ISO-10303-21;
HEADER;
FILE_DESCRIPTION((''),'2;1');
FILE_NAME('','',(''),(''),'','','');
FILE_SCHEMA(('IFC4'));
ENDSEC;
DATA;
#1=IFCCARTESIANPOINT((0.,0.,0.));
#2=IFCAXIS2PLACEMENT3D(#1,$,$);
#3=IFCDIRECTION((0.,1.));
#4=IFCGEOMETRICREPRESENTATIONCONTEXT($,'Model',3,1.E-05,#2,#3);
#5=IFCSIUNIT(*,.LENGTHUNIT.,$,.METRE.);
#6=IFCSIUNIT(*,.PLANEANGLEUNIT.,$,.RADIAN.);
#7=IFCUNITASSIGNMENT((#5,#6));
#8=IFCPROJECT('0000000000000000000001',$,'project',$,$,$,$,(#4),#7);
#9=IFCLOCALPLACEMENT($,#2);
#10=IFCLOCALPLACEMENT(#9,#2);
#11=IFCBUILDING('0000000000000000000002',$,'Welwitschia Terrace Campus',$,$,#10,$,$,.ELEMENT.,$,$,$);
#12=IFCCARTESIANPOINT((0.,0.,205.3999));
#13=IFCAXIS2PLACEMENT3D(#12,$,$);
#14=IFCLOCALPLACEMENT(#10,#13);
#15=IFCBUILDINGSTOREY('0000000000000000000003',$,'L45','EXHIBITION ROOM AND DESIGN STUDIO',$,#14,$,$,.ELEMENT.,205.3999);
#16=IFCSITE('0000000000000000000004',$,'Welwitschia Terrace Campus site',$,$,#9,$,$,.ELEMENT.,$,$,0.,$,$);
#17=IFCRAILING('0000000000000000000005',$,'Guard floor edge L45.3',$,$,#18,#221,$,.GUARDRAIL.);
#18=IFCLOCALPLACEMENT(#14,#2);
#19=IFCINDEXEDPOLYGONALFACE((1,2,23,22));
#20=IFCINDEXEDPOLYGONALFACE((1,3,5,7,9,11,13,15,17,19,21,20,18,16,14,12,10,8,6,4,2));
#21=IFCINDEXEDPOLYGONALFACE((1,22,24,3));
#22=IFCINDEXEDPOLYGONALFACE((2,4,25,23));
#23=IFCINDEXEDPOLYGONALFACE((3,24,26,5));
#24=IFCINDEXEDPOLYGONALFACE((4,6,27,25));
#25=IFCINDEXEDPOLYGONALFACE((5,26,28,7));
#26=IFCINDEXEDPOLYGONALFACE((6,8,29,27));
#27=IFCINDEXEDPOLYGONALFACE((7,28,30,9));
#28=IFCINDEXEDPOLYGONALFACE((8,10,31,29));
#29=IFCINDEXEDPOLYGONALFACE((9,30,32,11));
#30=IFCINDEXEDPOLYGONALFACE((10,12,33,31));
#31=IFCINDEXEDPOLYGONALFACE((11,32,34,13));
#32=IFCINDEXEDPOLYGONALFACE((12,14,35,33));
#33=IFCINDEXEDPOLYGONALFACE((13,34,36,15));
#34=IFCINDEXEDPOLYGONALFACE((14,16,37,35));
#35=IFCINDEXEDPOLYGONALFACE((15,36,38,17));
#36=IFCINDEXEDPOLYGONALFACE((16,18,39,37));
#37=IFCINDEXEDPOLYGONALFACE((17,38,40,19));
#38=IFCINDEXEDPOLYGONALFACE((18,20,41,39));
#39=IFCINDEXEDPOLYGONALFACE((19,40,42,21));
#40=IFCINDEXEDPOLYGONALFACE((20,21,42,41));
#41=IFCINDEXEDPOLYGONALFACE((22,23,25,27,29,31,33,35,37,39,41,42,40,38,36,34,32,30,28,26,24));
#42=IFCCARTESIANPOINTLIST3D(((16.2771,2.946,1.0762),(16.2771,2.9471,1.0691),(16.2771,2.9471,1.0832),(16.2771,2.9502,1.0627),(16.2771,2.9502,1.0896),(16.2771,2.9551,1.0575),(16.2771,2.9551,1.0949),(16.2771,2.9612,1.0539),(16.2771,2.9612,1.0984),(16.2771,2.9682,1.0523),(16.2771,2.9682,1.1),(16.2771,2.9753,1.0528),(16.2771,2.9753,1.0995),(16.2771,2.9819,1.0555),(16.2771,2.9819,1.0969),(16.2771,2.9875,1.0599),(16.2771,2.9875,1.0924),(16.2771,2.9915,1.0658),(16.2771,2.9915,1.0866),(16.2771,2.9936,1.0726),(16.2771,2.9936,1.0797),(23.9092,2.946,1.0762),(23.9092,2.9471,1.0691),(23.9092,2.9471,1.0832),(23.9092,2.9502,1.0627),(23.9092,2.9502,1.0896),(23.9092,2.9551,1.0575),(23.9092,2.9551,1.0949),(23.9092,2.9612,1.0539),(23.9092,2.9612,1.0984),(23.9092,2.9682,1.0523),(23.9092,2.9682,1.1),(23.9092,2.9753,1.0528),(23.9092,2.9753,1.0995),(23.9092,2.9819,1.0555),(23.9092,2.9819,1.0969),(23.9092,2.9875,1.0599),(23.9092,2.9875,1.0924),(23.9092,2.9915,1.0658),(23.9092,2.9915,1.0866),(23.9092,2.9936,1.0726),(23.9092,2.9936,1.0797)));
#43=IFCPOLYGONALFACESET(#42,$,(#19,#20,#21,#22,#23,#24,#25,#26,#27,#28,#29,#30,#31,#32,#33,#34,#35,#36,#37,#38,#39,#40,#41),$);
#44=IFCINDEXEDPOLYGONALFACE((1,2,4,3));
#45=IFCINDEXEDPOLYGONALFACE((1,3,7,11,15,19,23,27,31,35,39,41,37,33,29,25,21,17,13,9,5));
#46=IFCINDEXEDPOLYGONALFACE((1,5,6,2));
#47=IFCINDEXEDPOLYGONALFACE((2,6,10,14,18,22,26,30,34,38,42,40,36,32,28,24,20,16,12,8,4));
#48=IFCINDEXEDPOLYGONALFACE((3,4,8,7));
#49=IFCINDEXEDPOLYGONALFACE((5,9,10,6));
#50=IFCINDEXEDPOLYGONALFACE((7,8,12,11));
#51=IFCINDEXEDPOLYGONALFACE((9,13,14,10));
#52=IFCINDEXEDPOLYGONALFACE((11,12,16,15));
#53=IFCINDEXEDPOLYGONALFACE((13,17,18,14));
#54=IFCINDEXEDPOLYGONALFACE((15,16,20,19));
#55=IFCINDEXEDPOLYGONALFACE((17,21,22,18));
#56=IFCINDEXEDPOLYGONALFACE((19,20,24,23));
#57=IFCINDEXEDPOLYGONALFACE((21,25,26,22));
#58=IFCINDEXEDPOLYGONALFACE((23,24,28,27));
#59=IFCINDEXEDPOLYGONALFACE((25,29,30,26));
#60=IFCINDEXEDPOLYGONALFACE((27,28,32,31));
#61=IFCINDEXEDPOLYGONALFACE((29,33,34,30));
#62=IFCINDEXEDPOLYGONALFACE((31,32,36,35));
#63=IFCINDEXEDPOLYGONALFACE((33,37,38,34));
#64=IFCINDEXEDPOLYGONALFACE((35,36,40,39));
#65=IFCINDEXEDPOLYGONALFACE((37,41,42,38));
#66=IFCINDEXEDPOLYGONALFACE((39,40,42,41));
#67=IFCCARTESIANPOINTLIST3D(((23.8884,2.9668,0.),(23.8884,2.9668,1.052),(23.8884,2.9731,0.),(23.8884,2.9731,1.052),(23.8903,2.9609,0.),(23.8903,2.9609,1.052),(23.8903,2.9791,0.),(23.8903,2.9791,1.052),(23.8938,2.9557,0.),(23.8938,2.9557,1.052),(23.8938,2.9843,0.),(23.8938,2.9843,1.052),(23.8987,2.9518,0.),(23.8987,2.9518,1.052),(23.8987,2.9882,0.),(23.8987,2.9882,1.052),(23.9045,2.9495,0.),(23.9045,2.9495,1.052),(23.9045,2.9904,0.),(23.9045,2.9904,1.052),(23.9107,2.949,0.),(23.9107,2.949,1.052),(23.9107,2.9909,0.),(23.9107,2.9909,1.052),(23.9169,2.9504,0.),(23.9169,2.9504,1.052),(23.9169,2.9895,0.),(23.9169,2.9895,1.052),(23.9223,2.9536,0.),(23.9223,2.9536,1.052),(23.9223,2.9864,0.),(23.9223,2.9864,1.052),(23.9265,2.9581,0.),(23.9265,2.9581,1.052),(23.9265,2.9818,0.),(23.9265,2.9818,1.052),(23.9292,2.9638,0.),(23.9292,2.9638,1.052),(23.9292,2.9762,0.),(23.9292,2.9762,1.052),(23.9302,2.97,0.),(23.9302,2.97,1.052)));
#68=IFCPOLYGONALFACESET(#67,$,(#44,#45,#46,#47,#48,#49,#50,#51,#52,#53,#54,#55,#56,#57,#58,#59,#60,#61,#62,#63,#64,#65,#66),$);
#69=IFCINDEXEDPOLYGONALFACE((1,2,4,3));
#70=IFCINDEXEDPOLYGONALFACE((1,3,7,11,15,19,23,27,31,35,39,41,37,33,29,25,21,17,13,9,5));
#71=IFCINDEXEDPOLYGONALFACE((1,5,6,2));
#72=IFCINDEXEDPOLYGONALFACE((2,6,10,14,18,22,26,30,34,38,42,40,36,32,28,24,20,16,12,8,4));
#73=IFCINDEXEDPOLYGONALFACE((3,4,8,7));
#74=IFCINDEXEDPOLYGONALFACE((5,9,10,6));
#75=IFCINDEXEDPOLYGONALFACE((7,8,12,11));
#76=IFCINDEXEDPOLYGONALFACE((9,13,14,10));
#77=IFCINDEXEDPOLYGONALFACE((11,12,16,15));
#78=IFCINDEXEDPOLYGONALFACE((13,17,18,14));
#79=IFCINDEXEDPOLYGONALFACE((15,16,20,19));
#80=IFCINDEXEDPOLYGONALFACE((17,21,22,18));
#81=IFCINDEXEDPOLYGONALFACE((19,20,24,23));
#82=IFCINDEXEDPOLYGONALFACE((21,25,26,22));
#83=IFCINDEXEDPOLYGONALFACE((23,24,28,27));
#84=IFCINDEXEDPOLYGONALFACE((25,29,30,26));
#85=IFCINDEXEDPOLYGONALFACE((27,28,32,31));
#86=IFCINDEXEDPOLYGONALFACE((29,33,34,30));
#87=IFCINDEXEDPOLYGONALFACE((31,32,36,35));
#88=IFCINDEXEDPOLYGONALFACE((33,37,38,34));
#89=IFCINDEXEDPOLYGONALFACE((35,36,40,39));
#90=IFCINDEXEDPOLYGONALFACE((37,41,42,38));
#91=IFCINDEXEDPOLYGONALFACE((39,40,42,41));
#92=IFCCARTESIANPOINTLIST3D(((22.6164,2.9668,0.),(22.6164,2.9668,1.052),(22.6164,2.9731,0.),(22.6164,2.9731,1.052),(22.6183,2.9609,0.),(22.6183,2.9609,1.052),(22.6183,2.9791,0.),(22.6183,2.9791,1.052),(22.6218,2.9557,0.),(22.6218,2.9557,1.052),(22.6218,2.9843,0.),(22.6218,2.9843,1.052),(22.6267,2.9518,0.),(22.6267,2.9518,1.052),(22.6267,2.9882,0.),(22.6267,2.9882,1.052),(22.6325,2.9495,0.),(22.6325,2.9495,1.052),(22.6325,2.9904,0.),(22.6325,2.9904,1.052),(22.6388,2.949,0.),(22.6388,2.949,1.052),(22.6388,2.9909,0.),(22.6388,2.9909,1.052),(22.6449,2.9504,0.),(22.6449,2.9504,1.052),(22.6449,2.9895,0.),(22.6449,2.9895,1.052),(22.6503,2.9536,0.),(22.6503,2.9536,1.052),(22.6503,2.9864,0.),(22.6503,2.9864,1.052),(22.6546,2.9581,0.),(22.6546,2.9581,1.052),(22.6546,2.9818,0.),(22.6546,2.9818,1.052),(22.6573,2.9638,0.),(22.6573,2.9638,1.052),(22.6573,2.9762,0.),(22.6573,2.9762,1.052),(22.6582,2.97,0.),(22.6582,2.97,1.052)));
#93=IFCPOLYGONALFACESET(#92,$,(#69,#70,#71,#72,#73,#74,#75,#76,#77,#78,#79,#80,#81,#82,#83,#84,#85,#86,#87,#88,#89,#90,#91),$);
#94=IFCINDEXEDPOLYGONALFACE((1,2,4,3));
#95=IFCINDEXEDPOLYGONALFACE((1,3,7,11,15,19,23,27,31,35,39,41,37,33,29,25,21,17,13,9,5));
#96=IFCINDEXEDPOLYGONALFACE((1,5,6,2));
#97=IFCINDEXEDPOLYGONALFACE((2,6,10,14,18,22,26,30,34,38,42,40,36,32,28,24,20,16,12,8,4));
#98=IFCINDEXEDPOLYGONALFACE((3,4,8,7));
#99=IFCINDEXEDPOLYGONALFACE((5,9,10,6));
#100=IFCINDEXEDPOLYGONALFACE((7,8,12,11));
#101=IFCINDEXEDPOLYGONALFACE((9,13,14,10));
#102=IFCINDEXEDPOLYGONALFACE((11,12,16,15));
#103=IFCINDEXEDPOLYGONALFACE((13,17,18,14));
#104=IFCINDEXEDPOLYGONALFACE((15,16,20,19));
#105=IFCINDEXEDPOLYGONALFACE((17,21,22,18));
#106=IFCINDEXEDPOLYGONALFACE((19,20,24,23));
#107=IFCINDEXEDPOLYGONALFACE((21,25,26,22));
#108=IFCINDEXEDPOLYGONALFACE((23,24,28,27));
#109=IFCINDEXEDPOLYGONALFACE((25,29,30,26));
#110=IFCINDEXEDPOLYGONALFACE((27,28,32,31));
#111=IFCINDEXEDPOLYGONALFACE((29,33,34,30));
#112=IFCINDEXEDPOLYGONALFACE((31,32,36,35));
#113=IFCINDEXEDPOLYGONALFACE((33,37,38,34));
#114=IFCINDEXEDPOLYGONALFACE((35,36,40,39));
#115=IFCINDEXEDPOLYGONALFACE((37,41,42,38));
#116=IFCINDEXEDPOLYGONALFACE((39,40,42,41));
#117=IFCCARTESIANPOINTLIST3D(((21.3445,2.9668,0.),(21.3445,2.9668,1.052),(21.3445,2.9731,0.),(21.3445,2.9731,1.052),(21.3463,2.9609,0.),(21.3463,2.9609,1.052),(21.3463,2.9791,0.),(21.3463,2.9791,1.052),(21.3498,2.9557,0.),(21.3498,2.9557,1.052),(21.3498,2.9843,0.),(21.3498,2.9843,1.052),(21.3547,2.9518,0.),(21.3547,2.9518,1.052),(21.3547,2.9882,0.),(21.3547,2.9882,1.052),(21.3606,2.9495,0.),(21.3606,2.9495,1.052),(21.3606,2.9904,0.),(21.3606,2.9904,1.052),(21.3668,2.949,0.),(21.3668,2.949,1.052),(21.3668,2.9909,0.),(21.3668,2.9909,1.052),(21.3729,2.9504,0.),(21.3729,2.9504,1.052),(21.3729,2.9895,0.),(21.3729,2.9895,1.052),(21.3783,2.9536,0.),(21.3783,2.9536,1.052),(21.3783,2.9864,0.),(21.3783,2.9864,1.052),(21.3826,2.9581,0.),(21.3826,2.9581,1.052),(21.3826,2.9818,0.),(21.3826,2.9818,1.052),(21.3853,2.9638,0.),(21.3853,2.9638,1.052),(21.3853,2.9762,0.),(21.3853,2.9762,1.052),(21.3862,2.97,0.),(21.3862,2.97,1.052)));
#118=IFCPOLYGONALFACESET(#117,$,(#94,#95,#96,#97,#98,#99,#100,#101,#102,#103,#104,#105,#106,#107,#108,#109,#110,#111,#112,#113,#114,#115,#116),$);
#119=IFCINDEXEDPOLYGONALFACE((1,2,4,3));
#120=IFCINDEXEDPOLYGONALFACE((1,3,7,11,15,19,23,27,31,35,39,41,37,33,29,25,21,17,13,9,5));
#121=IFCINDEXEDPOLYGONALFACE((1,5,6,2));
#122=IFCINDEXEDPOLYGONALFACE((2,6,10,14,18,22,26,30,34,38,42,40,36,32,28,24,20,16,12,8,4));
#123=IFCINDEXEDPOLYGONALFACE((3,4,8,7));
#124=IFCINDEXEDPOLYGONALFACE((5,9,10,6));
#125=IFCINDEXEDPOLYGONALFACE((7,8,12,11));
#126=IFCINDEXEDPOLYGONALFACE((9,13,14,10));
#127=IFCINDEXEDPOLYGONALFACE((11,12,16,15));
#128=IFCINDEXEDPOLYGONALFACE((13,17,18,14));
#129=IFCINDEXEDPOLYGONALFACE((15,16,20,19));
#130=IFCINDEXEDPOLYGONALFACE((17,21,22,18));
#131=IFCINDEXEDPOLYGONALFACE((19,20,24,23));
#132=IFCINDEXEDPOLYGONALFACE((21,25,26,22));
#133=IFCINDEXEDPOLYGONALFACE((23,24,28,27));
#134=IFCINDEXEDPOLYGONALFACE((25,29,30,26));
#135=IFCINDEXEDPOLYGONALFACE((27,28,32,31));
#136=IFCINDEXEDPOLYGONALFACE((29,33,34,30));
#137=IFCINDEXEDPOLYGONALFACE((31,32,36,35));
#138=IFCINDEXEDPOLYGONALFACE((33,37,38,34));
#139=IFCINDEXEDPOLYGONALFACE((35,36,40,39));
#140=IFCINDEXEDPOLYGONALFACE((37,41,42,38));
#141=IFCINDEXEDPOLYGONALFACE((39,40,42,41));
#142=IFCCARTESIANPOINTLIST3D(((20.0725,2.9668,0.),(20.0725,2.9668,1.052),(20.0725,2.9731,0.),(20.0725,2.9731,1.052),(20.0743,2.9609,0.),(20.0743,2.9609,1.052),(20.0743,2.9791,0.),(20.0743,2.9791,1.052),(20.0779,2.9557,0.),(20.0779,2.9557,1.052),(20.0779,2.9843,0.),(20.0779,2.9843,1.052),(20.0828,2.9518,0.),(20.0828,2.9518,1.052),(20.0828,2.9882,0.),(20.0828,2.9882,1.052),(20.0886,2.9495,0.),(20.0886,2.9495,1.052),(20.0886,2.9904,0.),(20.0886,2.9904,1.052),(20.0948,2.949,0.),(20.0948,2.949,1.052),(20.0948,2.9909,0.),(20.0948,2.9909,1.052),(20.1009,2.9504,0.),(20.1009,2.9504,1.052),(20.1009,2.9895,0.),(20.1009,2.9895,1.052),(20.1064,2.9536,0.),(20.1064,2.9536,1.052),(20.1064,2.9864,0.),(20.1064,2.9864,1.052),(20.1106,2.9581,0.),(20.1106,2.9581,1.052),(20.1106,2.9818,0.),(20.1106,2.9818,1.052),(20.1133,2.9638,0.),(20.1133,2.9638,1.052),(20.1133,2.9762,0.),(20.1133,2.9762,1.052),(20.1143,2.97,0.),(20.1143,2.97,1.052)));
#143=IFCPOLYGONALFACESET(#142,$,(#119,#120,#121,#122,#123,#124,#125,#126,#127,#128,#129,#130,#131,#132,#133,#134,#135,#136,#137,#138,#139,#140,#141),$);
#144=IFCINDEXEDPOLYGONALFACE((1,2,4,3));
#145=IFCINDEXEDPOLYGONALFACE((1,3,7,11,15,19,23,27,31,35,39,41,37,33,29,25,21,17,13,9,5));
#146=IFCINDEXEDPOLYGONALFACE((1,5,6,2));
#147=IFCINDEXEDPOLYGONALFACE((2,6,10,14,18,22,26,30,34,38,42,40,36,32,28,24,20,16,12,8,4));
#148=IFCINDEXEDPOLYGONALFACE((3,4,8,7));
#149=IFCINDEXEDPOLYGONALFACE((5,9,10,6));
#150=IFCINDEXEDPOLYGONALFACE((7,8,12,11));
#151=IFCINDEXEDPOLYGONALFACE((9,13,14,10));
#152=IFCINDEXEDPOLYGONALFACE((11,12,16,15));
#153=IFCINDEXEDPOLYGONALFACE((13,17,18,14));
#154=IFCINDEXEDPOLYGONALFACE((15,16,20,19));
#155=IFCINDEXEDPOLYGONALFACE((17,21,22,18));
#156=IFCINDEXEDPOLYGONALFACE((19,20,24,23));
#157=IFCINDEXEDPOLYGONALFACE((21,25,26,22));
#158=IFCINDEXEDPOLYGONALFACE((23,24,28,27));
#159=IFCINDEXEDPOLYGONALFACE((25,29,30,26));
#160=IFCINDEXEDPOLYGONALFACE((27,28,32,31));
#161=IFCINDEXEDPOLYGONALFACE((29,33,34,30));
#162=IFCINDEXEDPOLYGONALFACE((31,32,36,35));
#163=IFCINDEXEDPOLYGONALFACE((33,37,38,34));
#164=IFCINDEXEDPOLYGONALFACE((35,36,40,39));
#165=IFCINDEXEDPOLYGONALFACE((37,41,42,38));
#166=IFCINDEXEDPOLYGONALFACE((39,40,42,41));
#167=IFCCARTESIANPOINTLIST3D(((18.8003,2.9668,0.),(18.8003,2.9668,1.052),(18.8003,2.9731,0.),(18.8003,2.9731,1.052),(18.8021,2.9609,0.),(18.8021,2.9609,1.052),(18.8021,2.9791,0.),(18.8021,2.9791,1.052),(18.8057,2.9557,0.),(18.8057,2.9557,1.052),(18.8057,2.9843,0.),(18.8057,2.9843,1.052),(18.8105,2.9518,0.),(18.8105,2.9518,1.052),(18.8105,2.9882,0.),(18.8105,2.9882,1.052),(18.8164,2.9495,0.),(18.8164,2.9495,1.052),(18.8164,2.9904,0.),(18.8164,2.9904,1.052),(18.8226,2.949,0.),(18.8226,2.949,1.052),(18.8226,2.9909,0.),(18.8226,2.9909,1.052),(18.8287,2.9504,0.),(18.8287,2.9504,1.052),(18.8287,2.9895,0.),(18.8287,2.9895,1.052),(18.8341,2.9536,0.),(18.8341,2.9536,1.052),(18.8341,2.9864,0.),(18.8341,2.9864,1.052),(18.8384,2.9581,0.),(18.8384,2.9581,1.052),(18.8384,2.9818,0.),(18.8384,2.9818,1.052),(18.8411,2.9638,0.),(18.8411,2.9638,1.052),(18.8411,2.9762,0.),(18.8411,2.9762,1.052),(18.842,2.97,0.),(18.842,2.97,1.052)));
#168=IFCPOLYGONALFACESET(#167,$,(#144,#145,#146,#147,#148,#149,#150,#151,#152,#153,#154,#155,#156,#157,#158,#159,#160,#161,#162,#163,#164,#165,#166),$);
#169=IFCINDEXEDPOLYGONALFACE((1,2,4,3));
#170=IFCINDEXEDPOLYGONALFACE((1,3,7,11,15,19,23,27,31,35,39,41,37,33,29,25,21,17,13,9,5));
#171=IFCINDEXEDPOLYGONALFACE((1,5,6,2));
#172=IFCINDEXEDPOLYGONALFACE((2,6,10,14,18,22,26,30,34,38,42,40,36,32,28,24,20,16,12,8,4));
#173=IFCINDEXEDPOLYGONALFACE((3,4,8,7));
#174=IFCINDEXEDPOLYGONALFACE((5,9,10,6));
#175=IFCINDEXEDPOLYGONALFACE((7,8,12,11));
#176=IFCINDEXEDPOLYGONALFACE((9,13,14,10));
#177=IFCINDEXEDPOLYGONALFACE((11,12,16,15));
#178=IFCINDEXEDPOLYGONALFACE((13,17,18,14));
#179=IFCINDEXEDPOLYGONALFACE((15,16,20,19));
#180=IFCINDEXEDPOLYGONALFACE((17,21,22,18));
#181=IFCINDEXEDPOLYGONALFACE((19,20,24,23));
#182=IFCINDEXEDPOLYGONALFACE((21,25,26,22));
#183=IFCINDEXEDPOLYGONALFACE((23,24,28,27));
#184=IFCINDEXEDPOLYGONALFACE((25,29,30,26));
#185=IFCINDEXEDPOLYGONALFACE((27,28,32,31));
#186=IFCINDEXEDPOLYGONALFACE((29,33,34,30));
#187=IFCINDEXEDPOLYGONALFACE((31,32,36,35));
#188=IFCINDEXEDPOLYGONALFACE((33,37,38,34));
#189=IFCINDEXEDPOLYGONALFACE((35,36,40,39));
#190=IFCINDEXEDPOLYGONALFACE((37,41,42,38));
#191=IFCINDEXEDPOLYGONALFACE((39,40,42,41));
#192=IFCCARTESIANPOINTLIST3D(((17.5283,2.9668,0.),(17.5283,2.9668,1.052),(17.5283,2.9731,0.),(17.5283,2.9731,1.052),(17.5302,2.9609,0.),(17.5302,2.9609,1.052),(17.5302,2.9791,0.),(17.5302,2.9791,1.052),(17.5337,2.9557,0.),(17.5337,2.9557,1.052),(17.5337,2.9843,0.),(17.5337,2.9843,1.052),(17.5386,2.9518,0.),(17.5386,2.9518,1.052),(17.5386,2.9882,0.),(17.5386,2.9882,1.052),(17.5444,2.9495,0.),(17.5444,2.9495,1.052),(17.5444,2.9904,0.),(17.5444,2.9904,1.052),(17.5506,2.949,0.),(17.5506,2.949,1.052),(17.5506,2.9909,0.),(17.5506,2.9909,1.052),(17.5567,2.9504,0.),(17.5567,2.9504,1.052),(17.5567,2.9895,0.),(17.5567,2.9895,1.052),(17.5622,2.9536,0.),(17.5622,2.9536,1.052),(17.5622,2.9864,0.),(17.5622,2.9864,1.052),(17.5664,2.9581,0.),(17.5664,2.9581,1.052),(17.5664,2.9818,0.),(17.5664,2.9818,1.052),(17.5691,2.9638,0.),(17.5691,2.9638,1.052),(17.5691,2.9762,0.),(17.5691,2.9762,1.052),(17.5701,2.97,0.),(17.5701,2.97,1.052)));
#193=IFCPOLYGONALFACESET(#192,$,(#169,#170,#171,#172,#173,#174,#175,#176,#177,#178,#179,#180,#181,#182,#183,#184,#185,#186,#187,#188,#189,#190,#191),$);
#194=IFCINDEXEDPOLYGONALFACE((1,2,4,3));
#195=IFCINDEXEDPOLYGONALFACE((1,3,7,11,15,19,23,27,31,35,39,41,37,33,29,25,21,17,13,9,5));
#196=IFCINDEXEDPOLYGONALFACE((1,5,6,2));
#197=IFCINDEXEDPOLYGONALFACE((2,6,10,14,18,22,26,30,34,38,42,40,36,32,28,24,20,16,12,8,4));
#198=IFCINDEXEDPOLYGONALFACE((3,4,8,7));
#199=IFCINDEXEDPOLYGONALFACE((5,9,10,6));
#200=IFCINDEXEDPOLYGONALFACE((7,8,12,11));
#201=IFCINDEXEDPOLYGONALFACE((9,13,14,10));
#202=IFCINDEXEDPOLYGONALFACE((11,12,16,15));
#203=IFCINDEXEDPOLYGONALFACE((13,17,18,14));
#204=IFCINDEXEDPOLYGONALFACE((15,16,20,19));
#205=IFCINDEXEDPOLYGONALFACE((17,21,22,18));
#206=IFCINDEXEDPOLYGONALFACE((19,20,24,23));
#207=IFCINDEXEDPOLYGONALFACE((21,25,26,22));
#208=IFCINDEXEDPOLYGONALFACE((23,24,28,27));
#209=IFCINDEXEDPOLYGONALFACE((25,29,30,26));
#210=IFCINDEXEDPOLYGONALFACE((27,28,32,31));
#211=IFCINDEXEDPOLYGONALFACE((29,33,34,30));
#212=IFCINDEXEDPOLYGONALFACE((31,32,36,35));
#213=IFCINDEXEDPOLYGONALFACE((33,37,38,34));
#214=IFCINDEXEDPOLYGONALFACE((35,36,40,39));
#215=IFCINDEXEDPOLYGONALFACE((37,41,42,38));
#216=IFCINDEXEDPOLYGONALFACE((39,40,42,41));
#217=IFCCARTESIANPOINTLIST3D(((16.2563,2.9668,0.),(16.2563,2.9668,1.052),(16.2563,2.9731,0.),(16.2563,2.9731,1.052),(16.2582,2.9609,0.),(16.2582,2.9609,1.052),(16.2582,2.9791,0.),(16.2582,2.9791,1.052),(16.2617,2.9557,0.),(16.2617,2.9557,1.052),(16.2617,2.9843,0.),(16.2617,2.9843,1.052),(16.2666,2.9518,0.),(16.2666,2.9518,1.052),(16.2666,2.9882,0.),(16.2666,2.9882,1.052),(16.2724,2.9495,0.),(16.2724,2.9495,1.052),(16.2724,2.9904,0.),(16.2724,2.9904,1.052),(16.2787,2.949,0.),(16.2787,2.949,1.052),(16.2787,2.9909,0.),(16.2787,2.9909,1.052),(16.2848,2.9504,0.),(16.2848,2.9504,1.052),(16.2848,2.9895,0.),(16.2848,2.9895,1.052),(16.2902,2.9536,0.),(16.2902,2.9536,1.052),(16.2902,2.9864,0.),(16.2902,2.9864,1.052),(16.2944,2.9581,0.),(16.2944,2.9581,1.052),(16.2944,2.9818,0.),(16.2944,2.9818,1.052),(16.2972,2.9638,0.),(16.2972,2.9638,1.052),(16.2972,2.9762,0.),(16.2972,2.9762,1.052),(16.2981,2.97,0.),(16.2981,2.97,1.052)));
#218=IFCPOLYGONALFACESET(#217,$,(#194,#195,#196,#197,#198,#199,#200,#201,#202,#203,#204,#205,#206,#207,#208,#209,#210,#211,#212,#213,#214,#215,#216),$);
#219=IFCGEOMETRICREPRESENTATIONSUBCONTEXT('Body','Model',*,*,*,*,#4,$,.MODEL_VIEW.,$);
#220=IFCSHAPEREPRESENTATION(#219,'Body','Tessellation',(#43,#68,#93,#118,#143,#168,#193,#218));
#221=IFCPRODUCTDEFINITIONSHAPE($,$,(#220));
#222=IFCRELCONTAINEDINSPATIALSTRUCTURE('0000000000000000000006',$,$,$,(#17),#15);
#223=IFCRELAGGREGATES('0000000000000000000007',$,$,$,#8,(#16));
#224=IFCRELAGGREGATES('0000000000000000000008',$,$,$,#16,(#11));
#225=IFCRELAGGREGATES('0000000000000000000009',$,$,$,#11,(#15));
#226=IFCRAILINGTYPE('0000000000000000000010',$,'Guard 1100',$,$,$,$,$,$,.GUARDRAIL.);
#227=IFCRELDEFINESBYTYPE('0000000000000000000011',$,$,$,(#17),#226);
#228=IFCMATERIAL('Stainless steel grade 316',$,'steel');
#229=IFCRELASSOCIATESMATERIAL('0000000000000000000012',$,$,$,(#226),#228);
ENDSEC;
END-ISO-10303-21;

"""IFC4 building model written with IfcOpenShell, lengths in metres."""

from ifc_helpers import new_model, si_unit, direction, frame, origin, origin_2d, place, context, subcontext, project, spatial, circle, extrude, material, type_object, element, save


model = new_model("IFC4")

# Units and contexts
model_context = context("Model", 3, precision=1e-05, world=origin(), true_north=direction((0.0, 1.0)))
body_context = subcontext(model_context, "Body", "Model", "MODEL_VIEW")
ifc_project = project(units=[si_unit("LENGTHUNIT", "METRE"), si_unit("PLANEANGLEUNIT", "RADIAN")], contexts=[model_context])

# Site, building, storey
site_placement = place(None, origin())
site = spatial("IfcSite", under=ifc_project, at=site_placement, Name="Welwitschia Terrace Campus site", CompositionType="ELEMENT", RefElevation=0.0)
building_placement = place(site_placement, origin())
building = spatial("IfcBuilding", under=site, at=building_placement, Name="Welwitschia Terrace Campus", CompositionType="ELEMENT")
storey_placement = place(building_placement, frame((0.0, 0.0, 205.3999)))
storey = spatial("IfcBuildingStorey", under=building, at=storey_placement, Name="L45", Description="EXHIBITION ROOM AND DESIGN STUDIO", CompositionType="ELEMENT", Elevation=205.3999)

# Railing
ifc_material_1 = material(Name="Stainless steel grade 316", Category="steel")
railing_type_1 = type_object("IfcRailingType", Name="Guard 1100", PredefinedType="GUARDRAIL", material=ifc_material_1)
railing_1_placement = place(storey_placement, frame((23.9092, 2.97, 0.0)))
element("IfcRailing", 1, at=railing_1_placement, inside=storey, type_object=railing_type_1, Name="Guard floor edge L45.3", PredefinedType="GUARDRAIL", context=body_context, shape_type="SweptSolid", body=[
    extrude(circle(Radius=0.0239, at=origin_2d()), frame((0.0, 0.0, 1.0762), z_axis=(-1.0, 0.0, 0.0), x_axis=(0.0, -1.0, 0.0)), (0.0, 0.0, 1.0), 7.6321),
    extrude(circle(Radius=0.021, at=origin_2d()), origin(), (0.0, 0.0, 1.0), 1.052),
    extrude(circle(Radius=0.021, at=origin_2d()), frame((-1.272, 0.0, 0.0)), (0.0, 0.0, 1.0), 1.052),
    extrude(circle(Radius=0.021, at=origin_2d()), frame((-2.5439, 0.0, 0.0)), (0.0, 0.0, 1.0), 1.052),
    extrude(circle(Radius=0.021, at=origin_2d()), frame((-3.8159, 0.0, 0.0)), (0.0, 0.0, 1.0), 1.052),
    extrude(circle(Radius=0.021, at=origin_2d()), frame((-5.0881, 0.0, 0.0)), (0.0, 0.0, 1.0), 1.052),
    extrude(circle(Radius=0.021, at=origin_2d()), frame((-6.3601, 0.0, 0.0)), (0.0, 0.0, 1.0), 1.052),
    extrude(circle(Radius=0.021, at=origin_2d()), frame((-7.6321, 0.0, 0.0)), (0.0, 0.0, 1.0), 1.052),
])

save(model, "model.ifc")
